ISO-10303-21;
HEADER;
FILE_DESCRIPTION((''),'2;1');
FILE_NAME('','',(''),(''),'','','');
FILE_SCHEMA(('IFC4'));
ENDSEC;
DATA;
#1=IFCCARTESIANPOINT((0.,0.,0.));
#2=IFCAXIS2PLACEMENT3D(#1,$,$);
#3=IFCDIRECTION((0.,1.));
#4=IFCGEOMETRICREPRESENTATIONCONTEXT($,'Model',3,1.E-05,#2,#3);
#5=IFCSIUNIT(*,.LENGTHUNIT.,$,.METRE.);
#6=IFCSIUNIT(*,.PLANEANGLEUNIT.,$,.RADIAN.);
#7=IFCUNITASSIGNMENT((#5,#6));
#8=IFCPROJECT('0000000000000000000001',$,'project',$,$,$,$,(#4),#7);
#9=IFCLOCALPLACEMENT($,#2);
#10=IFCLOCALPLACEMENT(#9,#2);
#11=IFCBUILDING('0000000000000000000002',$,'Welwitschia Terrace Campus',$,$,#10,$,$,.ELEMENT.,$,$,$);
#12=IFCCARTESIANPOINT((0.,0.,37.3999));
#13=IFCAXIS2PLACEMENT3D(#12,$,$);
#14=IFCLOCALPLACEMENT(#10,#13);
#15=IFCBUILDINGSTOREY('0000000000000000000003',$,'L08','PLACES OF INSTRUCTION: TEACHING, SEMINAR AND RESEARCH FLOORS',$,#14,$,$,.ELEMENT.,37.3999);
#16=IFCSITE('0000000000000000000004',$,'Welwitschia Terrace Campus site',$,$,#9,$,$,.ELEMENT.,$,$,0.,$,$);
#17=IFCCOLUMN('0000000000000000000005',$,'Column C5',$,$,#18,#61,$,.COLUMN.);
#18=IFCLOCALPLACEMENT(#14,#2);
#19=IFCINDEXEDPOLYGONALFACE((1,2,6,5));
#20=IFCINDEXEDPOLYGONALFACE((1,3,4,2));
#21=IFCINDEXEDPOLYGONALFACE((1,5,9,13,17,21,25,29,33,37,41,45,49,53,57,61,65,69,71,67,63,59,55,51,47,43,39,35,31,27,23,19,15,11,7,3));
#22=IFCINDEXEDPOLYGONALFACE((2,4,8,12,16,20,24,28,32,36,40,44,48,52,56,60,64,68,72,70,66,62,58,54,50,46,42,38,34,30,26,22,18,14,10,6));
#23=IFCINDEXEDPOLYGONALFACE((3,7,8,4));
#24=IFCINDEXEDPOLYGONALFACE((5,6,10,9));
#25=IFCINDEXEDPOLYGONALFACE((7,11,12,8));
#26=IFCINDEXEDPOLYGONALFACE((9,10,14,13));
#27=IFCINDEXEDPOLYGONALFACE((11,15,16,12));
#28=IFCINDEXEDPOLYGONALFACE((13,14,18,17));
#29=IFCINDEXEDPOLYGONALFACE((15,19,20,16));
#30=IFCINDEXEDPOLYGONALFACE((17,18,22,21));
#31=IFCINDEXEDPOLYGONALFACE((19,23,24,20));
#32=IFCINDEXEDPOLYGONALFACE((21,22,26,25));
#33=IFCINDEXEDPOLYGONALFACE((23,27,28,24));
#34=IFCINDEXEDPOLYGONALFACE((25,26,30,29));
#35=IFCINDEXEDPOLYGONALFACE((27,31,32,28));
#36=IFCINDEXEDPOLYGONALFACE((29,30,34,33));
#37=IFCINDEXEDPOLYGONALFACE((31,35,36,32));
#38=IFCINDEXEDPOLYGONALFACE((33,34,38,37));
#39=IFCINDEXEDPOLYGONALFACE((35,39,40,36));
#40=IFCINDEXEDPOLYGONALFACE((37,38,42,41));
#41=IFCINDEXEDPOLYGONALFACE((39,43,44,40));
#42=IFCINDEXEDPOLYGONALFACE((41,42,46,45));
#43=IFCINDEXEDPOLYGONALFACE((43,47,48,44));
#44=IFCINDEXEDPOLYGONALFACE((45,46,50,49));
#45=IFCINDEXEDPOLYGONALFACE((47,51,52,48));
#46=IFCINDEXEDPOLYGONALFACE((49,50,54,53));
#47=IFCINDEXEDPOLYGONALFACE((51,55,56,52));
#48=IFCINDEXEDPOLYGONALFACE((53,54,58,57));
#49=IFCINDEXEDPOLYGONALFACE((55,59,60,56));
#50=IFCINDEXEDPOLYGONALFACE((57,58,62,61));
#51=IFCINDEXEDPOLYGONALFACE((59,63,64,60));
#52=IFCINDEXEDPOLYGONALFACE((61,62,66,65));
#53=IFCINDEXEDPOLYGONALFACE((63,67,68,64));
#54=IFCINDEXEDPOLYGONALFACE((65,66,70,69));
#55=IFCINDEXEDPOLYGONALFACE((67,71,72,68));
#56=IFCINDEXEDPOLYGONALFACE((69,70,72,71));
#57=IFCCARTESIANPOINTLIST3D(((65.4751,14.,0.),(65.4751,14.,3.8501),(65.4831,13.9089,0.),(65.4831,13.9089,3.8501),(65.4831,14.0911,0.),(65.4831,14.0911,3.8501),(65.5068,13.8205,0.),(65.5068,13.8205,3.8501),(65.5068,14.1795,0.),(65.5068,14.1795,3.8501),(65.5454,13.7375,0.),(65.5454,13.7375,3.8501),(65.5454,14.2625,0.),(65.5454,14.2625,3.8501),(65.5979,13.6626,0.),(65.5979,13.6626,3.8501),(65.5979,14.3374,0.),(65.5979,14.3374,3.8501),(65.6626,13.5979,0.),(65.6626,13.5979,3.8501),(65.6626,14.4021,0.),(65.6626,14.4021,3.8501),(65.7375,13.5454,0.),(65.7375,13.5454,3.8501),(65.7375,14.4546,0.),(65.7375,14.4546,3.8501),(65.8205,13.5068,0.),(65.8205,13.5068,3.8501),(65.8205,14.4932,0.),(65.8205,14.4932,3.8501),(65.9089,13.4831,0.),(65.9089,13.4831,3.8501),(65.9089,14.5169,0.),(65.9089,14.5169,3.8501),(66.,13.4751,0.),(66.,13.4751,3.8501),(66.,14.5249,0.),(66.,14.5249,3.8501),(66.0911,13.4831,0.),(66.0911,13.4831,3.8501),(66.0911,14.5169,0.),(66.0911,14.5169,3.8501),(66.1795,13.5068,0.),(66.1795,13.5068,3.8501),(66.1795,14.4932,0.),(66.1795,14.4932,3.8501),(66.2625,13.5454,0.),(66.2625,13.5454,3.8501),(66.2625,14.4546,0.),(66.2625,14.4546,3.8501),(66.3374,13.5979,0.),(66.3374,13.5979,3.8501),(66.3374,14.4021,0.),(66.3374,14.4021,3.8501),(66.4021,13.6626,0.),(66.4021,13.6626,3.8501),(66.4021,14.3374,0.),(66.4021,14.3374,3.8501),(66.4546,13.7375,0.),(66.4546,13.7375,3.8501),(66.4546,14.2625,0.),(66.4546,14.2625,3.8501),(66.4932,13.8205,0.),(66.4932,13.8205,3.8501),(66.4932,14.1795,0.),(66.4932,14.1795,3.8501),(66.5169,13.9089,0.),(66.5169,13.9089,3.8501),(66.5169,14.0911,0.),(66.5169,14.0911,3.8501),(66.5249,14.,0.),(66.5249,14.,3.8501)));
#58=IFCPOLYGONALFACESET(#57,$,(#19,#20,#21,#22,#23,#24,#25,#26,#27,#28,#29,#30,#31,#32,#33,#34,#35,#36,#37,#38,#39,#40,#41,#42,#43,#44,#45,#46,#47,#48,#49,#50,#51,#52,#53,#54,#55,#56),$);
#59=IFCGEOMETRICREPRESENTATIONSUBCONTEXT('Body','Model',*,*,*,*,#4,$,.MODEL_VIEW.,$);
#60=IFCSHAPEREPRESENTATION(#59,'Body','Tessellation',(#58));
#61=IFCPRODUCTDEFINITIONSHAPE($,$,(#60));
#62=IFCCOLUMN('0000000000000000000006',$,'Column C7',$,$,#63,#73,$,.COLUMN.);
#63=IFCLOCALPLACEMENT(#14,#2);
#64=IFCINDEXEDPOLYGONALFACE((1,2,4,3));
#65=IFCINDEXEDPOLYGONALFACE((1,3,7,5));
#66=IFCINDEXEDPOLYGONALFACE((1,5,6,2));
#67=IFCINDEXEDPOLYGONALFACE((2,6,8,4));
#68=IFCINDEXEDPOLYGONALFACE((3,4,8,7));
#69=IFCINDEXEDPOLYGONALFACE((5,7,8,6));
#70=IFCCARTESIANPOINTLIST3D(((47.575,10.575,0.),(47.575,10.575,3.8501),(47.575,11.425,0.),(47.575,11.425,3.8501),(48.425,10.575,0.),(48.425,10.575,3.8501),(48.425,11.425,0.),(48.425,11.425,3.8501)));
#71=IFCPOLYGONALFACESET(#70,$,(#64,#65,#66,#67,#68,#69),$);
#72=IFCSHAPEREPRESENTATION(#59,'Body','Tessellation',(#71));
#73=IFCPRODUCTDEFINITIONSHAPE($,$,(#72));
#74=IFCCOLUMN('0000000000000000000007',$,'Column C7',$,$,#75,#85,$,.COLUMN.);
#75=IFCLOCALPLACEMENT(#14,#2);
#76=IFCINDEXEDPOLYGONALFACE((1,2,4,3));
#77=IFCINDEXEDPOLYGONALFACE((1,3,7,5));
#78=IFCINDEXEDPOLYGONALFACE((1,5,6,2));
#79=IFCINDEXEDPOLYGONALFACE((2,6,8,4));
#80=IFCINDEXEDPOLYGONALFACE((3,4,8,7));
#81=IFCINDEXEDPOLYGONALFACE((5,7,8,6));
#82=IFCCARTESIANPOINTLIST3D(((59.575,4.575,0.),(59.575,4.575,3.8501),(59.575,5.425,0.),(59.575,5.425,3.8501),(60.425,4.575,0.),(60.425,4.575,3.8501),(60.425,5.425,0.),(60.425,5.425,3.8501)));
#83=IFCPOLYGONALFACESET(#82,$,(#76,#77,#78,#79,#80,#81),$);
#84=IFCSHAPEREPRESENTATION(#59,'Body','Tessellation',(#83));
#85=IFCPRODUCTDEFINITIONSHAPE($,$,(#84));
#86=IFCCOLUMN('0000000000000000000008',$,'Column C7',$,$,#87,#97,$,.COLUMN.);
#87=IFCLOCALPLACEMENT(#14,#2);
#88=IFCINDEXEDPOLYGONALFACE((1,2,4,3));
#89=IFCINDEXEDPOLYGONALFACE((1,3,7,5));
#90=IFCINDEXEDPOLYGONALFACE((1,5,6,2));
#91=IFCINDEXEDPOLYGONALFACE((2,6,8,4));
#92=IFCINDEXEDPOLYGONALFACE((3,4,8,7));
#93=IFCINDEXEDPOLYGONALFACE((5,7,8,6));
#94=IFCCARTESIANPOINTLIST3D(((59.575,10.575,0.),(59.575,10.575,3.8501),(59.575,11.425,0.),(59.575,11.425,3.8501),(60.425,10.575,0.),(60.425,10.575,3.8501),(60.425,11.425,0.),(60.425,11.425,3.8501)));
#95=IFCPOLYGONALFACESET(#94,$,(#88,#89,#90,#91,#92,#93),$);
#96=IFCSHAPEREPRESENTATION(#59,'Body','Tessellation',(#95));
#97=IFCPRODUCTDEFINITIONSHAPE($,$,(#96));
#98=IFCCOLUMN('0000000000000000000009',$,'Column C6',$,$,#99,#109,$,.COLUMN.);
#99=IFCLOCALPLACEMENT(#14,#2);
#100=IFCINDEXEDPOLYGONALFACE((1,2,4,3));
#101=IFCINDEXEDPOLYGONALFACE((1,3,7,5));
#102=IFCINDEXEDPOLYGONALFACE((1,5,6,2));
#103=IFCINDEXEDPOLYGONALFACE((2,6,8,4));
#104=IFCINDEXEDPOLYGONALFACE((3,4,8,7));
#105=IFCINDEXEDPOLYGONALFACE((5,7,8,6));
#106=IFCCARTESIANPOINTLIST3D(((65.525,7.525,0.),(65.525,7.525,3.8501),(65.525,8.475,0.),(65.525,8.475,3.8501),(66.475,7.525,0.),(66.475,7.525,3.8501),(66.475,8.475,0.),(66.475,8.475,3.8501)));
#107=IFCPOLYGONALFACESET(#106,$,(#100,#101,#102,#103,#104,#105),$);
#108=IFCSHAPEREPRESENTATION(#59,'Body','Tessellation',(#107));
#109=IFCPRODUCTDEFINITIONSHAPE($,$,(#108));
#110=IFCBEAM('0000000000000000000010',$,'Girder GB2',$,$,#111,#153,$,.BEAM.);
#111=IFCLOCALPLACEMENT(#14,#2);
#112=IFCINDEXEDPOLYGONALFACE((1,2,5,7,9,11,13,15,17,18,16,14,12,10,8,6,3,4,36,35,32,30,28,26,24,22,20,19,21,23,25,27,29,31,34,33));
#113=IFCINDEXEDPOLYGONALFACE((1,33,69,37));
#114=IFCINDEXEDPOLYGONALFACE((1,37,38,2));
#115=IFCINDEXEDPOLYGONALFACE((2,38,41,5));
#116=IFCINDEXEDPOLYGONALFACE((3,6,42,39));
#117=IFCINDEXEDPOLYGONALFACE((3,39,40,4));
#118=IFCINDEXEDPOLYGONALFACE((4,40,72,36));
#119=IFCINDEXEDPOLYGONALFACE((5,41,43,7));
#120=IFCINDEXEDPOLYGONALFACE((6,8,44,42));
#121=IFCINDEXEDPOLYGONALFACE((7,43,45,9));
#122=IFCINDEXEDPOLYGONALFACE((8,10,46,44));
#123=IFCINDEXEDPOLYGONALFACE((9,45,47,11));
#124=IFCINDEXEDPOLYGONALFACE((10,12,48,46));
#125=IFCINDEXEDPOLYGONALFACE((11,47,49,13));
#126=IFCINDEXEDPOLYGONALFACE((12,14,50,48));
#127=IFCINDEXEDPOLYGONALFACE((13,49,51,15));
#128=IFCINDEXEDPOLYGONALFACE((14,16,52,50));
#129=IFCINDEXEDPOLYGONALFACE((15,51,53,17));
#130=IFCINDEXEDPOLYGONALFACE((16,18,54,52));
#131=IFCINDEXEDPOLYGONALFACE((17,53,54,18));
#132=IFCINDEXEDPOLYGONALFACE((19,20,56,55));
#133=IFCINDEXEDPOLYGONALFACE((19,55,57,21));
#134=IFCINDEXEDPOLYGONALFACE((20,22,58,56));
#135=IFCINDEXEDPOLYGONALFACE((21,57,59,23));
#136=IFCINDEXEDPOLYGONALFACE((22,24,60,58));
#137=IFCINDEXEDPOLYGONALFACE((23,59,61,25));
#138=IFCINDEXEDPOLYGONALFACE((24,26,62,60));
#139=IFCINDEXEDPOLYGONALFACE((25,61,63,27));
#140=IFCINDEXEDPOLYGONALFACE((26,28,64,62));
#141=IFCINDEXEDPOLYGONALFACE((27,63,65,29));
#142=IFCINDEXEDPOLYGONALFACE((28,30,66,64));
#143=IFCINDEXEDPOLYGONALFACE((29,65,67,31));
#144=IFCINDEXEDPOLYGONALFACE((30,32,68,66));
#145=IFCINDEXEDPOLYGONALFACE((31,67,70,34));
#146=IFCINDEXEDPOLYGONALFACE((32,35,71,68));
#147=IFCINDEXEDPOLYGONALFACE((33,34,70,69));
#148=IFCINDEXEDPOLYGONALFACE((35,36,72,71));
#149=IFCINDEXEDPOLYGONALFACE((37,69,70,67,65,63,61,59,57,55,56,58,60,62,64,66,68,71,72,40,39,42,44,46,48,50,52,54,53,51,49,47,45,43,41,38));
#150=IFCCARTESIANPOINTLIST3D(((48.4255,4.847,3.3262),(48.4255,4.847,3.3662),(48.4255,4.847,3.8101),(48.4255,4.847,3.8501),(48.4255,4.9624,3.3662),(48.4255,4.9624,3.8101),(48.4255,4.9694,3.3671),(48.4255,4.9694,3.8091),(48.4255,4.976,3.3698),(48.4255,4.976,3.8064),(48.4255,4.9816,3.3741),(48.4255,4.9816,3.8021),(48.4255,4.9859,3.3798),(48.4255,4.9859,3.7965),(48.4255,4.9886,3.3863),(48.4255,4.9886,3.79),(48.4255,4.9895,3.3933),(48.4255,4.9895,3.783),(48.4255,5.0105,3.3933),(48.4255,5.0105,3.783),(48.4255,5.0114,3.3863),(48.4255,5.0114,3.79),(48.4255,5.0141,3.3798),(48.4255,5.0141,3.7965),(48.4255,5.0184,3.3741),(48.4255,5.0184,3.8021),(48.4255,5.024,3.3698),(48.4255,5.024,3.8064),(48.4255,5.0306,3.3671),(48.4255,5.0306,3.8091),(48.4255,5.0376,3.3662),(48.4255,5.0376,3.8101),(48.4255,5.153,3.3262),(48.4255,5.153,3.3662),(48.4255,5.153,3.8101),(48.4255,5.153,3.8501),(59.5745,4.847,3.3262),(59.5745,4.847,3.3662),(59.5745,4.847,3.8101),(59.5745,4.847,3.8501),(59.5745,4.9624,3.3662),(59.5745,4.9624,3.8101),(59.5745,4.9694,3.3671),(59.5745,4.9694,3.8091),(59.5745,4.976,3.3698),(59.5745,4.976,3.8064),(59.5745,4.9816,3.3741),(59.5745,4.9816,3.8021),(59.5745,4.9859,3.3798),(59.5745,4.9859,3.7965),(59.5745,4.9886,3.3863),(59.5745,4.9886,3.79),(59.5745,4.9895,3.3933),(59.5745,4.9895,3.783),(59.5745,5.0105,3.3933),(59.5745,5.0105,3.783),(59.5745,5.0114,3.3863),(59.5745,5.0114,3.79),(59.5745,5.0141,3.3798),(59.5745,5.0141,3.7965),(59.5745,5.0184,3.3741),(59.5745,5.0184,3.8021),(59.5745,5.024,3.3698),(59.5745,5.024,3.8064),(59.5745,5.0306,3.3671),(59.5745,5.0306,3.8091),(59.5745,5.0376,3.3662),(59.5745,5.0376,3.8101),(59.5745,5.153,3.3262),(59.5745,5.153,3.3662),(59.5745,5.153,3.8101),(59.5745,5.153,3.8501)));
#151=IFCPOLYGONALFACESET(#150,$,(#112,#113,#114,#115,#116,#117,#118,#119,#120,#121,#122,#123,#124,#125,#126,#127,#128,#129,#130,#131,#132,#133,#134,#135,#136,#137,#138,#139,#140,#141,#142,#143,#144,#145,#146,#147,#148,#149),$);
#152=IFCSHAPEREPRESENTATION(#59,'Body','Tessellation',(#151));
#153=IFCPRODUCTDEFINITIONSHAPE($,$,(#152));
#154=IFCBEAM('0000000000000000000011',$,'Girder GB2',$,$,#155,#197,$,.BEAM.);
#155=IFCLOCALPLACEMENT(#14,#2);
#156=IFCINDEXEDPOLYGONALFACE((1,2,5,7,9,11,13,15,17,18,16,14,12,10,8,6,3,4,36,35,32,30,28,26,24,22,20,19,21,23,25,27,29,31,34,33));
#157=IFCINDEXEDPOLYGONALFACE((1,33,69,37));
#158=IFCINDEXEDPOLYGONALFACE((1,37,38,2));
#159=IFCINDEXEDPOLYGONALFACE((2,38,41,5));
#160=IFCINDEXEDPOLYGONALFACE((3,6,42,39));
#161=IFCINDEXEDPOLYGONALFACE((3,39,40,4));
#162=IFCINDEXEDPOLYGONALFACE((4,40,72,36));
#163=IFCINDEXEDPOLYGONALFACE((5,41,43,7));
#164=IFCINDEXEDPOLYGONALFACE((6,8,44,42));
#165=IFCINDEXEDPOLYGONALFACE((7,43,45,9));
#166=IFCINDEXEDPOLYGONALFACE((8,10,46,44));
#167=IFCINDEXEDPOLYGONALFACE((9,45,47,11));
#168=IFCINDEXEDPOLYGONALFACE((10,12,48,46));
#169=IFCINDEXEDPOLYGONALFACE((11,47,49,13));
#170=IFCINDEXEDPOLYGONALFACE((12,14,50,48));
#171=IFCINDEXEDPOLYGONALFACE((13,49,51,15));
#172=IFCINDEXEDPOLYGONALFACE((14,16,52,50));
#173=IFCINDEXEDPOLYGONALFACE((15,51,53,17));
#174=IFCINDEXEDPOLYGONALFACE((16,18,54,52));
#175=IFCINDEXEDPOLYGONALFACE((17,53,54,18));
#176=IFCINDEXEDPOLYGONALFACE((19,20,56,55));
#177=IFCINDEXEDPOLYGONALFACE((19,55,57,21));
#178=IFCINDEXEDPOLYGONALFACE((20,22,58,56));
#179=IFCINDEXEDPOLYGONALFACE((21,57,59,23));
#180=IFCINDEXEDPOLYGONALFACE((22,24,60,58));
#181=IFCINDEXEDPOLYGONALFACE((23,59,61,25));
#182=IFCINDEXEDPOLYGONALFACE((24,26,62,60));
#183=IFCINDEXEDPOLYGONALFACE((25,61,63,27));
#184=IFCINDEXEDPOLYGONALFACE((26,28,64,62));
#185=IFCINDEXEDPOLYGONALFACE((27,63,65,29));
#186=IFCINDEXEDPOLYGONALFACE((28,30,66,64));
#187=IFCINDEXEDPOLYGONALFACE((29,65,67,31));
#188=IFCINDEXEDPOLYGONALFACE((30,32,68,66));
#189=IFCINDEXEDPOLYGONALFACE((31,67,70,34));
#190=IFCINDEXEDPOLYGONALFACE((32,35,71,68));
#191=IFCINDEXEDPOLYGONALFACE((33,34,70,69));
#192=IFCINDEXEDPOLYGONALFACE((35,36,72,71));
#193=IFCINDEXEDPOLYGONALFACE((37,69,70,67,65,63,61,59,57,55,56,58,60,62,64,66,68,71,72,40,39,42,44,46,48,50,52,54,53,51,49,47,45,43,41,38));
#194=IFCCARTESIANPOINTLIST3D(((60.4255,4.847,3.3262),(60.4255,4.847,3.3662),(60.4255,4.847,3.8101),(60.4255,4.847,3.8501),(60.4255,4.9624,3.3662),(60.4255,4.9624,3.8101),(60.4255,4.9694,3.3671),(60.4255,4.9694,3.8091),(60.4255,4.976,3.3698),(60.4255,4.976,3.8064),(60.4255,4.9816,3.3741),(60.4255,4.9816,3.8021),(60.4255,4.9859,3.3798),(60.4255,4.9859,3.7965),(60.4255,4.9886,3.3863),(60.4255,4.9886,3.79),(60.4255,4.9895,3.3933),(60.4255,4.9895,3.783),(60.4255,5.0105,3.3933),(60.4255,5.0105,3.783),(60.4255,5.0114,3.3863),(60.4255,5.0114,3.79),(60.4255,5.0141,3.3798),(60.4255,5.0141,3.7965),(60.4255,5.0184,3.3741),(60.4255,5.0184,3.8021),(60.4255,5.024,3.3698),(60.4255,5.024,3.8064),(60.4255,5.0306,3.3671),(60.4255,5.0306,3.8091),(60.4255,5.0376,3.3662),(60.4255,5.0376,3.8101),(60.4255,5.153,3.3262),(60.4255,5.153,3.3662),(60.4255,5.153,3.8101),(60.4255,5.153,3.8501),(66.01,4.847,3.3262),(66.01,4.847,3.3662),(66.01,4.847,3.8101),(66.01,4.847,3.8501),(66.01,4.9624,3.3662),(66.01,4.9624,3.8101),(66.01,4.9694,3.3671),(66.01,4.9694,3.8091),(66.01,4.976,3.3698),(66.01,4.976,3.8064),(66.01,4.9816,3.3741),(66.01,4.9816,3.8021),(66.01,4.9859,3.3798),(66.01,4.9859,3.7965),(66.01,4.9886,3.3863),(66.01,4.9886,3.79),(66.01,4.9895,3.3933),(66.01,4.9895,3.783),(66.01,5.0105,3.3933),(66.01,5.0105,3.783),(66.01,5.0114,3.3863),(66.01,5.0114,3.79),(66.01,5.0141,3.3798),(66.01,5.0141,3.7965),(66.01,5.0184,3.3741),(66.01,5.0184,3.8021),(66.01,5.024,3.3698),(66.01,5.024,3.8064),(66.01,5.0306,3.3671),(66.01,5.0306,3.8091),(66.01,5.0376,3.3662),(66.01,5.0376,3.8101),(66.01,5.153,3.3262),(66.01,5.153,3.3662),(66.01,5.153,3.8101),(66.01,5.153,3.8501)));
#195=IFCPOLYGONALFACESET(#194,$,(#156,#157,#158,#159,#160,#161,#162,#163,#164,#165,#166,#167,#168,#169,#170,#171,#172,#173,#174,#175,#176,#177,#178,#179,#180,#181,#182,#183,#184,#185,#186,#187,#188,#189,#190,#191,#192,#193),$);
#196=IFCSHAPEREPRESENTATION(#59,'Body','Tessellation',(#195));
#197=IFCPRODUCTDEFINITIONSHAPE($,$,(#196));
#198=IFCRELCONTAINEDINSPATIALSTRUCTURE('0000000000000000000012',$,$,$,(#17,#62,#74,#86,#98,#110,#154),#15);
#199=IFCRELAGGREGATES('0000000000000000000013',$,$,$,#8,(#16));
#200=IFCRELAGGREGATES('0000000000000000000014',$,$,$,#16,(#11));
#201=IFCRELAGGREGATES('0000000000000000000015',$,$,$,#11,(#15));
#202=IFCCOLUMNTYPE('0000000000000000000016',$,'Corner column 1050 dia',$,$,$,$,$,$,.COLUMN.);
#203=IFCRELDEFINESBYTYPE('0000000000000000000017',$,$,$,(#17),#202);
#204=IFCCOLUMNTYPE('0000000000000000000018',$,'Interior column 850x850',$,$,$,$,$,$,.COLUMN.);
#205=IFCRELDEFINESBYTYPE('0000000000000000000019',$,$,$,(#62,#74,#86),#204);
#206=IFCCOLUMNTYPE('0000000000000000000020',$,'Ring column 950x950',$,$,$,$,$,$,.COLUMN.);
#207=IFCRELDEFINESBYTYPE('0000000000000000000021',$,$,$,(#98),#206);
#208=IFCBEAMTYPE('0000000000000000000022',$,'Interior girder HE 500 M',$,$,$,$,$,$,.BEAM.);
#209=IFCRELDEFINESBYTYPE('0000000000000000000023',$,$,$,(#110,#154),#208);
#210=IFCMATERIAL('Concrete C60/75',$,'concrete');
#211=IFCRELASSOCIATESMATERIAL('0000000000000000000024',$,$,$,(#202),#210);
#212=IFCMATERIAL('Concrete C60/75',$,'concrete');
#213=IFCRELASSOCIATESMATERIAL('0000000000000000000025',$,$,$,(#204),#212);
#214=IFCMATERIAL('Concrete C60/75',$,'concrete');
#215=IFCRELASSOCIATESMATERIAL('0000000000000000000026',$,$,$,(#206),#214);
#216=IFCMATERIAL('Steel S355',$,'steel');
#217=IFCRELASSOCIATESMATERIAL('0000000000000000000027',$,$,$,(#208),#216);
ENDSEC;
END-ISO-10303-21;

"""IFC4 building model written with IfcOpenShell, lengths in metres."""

from ifc_helpers import new_model, si_unit, direction, frame, origin, origin_2d, place, context, subcontext, project, spatial, rectangle, circle, i_section, extrude, material, material_profile, profile_set, type_object, element, save


model = new_model("IFC4")

# Units and contexts
model_context = context("Model", 3, precision=1e-05, world=origin(), true_north=direction((0.0, 1.0)))
body_context = subcontext(model_context, "Body", "Model", "MODEL_VIEW")
ifc_project = project(units=[si_unit("LENGTHUNIT", "METRE"), si_unit("PLANEANGLEUNIT", "RADIAN")], contexts=[model_context])

# Site, building, storey
site_placement = place(None, origin())
site = spatial("IfcSite", under=ifc_project, at=site_placement, Name="Welwitschia Terrace Campus site", CompositionType="ELEMENT", RefElevation=0.0)
building_placement = place(site_placement, origin())
building = spatial("IfcBuilding", under=site, at=building_placement, Name="Welwitschia Terrace Campus", CompositionType="ELEMENT")
storey_placement = place(building_placement, frame((0.0, 0.0, 37.3999)))
storey = spatial("IfcBuildingStorey", under=building, at=storey_placement, Name="L08", Description="PLACES OF INSTRUCTION: TEACHING, SEMINAR AND RESEARCH FLOORS", CompositionType="ELEMENT", Elevation=37.3999)

# Columns
ifc_material_1 = material(Name="Concrete C60/75", Category="concrete")
ifc_material_profile_1 = material_profile(ifc_material_1, circle(Radius=0.5249, at=origin_2d()))
ifc_profile_set_1 = profile_set([ifc_material_profile_1], Name="Concrete C60/75")
column_type_1 = type_object("IfcColumnType", Name="Corner column 1050 dia", PredefinedType="COLUMN", material=ifc_profile_set_1)
column_1_placement = place(storey_placement, frame((66.0, 14.0, 0.0), z_axis=(0.0, 0.0, 1.0), x_axis=(1.0, 0.0, 0.0)))
element("IfcColumn", 1, at=column_1_placement, inside=storey, type_object=column_type_1, Name="Column C5", PredefinedType="COLUMN", context=body_context, shape_type="SweptSolid", body=[
    extrude(circle(Radius=0.5249, at=origin_2d()), origin(), (0.0, 0.0, 1.0), 3.8501),
])
ifc_material_2 = material(Name="Concrete C60/75", Category="concrete")
ifc_material_profile_2 = material_profile(ifc_material_2, rectangle(XDim=0.8501, YDim=0.8501, at=origin_2d()))
ifc_profile_set_2 = profile_set([ifc_material_profile_2], Name="Concrete C60/75")
column_type_2 = type_object("IfcColumnType", Name="Interior column 850x850", PredefinedType="COLUMN", material=ifc_profile_set_2)
for number, where, z_axis, x_axis, name in (
    (2, (48.0, 11.0, 0.0), (0.0, 0.0, 1.0), (1.0, 0.0, 0.0), "Column C7"),
    (3, (60.0, 5.0, 0.0), (0.0, 0.0, 1.0), (1.0, 0.0, 0.0), "Column C7"),
    (4, (60.0, 11.0, 0.0), (0.0, 0.0, 1.0), (1.0, 0.0, 0.0), "Column C7"),
):
    element("IfcColumn", number, at=place(storey_placement, frame(where, z_axis=z_axis, x_axis=x_axis)), inside=storey, type_object=column_type_2, Name=name, PredefinedType="COLUMN", context=body_context, shape_type="SweptSolid", body=[
        extrude(rectangle(XDim=0.8501, YDim=0.8501, at=origin_2d()), origin(), (0.0, 0.0, 1.0), 3.8501),
    ])
ifc_material_3 = material(Name="Concrete C60/75", Category="concrete")
ifc_material_profile_3 = material_profile(ifc_material_3, rectangle(XDim=0.95, YDim=0.95, at=origin_2d()))
ifc_profile_set_3 = profile_set([ifc_material_profile_3], Name="Concrete C60/75")
column_type_3 = type_object("IfcColumnType", Name="Ring column 950x950", PredefinedType="COLUMN", material=ifc_profile_set_3)
column_2_placement = place(storey_placement, frame((66.0, 8.0, 0.0), z_axis=(0.0, 0.0, 1.0), x_axis=(1.0, 0.0, 0.0)))
element("IfcColumn", 5, at=column_2_placement, inside=storey, type_object=column_type_3, Name="Column C6", PredefinedType="COLUMN", context=body_context, shape_type="SweptSolid", body=[
    extrude(rectangle(XDim=0.95, YDim=0.95, at=origin_2d()), origin(), (0.0, 0.0, 1.0), 3.8501),
])

# Beams
ifc_material_4 = material(Name="Steel S355", Category="steel")
ifc_material_profile_4 = material_profile(ifc_material_4, i_section(OverallWidth=0.3059, OverallDepth=0.5239, WebThickness=0.021, FlangeThickness=0.04, FilletRadius=0.0271, at=origin_2d()))
ifc_profile_set_4 = profile_set([ifc_material_profile_4], Name="Steel S355")
beam_type_1 = type_object("IfcBeamType", Name="Interior girder HE 500 M", PredefinedType="BEAM", material=ifc_profile_set_4)
beam_1_placement = place(storey_placement, frame((48.4255, 5.0, 3.5881), z_axis=(1.0, 0.0, 0.0), x_axis=(0.0, 1.0, 0.0)))
element("IfcBeam", 6, at=beam_1_placement, inside=storey, type_object=beam_type_1, Name="Girder GB2", PredefinedType="BEAM", context=body_context, shape_type="SweptSolid", body=[
    extrude(i_section(OverallWidth=0.3059, OverallDepth=0.5239, WebThickness=0.021, FlangeThickness=0.04, FilletRadius=0.0271, at=origin_2d()), origin(), (0.0, 0.0, 1.0), 11.1489),
])
beam_2_placement = place(storey_placement, frame((60.4255, 5.0, 3.5881), z_axis=(1.0, 0.0, 0.0), x_axis=(0.0, 1.0, 0.0)))
element("IfcBeam", 7, at=beam_2_placement, inside=storey, type_object=beam_type_1, Name="Girder GB2", PredefinedType="BEAM", context=body_context, shape_type="SweptSolid", body=[
    extrude(i_section(OverallWidth=0.3059, OverallDepth=0.5239, WebThickness=0.021, FlangeThickness=0.04, FilletRadius=0.0271, at=origin_2d()), origin(), (0.0, 0.0, 1.0), 5.5845),
])

save(model, "model.ifc")
